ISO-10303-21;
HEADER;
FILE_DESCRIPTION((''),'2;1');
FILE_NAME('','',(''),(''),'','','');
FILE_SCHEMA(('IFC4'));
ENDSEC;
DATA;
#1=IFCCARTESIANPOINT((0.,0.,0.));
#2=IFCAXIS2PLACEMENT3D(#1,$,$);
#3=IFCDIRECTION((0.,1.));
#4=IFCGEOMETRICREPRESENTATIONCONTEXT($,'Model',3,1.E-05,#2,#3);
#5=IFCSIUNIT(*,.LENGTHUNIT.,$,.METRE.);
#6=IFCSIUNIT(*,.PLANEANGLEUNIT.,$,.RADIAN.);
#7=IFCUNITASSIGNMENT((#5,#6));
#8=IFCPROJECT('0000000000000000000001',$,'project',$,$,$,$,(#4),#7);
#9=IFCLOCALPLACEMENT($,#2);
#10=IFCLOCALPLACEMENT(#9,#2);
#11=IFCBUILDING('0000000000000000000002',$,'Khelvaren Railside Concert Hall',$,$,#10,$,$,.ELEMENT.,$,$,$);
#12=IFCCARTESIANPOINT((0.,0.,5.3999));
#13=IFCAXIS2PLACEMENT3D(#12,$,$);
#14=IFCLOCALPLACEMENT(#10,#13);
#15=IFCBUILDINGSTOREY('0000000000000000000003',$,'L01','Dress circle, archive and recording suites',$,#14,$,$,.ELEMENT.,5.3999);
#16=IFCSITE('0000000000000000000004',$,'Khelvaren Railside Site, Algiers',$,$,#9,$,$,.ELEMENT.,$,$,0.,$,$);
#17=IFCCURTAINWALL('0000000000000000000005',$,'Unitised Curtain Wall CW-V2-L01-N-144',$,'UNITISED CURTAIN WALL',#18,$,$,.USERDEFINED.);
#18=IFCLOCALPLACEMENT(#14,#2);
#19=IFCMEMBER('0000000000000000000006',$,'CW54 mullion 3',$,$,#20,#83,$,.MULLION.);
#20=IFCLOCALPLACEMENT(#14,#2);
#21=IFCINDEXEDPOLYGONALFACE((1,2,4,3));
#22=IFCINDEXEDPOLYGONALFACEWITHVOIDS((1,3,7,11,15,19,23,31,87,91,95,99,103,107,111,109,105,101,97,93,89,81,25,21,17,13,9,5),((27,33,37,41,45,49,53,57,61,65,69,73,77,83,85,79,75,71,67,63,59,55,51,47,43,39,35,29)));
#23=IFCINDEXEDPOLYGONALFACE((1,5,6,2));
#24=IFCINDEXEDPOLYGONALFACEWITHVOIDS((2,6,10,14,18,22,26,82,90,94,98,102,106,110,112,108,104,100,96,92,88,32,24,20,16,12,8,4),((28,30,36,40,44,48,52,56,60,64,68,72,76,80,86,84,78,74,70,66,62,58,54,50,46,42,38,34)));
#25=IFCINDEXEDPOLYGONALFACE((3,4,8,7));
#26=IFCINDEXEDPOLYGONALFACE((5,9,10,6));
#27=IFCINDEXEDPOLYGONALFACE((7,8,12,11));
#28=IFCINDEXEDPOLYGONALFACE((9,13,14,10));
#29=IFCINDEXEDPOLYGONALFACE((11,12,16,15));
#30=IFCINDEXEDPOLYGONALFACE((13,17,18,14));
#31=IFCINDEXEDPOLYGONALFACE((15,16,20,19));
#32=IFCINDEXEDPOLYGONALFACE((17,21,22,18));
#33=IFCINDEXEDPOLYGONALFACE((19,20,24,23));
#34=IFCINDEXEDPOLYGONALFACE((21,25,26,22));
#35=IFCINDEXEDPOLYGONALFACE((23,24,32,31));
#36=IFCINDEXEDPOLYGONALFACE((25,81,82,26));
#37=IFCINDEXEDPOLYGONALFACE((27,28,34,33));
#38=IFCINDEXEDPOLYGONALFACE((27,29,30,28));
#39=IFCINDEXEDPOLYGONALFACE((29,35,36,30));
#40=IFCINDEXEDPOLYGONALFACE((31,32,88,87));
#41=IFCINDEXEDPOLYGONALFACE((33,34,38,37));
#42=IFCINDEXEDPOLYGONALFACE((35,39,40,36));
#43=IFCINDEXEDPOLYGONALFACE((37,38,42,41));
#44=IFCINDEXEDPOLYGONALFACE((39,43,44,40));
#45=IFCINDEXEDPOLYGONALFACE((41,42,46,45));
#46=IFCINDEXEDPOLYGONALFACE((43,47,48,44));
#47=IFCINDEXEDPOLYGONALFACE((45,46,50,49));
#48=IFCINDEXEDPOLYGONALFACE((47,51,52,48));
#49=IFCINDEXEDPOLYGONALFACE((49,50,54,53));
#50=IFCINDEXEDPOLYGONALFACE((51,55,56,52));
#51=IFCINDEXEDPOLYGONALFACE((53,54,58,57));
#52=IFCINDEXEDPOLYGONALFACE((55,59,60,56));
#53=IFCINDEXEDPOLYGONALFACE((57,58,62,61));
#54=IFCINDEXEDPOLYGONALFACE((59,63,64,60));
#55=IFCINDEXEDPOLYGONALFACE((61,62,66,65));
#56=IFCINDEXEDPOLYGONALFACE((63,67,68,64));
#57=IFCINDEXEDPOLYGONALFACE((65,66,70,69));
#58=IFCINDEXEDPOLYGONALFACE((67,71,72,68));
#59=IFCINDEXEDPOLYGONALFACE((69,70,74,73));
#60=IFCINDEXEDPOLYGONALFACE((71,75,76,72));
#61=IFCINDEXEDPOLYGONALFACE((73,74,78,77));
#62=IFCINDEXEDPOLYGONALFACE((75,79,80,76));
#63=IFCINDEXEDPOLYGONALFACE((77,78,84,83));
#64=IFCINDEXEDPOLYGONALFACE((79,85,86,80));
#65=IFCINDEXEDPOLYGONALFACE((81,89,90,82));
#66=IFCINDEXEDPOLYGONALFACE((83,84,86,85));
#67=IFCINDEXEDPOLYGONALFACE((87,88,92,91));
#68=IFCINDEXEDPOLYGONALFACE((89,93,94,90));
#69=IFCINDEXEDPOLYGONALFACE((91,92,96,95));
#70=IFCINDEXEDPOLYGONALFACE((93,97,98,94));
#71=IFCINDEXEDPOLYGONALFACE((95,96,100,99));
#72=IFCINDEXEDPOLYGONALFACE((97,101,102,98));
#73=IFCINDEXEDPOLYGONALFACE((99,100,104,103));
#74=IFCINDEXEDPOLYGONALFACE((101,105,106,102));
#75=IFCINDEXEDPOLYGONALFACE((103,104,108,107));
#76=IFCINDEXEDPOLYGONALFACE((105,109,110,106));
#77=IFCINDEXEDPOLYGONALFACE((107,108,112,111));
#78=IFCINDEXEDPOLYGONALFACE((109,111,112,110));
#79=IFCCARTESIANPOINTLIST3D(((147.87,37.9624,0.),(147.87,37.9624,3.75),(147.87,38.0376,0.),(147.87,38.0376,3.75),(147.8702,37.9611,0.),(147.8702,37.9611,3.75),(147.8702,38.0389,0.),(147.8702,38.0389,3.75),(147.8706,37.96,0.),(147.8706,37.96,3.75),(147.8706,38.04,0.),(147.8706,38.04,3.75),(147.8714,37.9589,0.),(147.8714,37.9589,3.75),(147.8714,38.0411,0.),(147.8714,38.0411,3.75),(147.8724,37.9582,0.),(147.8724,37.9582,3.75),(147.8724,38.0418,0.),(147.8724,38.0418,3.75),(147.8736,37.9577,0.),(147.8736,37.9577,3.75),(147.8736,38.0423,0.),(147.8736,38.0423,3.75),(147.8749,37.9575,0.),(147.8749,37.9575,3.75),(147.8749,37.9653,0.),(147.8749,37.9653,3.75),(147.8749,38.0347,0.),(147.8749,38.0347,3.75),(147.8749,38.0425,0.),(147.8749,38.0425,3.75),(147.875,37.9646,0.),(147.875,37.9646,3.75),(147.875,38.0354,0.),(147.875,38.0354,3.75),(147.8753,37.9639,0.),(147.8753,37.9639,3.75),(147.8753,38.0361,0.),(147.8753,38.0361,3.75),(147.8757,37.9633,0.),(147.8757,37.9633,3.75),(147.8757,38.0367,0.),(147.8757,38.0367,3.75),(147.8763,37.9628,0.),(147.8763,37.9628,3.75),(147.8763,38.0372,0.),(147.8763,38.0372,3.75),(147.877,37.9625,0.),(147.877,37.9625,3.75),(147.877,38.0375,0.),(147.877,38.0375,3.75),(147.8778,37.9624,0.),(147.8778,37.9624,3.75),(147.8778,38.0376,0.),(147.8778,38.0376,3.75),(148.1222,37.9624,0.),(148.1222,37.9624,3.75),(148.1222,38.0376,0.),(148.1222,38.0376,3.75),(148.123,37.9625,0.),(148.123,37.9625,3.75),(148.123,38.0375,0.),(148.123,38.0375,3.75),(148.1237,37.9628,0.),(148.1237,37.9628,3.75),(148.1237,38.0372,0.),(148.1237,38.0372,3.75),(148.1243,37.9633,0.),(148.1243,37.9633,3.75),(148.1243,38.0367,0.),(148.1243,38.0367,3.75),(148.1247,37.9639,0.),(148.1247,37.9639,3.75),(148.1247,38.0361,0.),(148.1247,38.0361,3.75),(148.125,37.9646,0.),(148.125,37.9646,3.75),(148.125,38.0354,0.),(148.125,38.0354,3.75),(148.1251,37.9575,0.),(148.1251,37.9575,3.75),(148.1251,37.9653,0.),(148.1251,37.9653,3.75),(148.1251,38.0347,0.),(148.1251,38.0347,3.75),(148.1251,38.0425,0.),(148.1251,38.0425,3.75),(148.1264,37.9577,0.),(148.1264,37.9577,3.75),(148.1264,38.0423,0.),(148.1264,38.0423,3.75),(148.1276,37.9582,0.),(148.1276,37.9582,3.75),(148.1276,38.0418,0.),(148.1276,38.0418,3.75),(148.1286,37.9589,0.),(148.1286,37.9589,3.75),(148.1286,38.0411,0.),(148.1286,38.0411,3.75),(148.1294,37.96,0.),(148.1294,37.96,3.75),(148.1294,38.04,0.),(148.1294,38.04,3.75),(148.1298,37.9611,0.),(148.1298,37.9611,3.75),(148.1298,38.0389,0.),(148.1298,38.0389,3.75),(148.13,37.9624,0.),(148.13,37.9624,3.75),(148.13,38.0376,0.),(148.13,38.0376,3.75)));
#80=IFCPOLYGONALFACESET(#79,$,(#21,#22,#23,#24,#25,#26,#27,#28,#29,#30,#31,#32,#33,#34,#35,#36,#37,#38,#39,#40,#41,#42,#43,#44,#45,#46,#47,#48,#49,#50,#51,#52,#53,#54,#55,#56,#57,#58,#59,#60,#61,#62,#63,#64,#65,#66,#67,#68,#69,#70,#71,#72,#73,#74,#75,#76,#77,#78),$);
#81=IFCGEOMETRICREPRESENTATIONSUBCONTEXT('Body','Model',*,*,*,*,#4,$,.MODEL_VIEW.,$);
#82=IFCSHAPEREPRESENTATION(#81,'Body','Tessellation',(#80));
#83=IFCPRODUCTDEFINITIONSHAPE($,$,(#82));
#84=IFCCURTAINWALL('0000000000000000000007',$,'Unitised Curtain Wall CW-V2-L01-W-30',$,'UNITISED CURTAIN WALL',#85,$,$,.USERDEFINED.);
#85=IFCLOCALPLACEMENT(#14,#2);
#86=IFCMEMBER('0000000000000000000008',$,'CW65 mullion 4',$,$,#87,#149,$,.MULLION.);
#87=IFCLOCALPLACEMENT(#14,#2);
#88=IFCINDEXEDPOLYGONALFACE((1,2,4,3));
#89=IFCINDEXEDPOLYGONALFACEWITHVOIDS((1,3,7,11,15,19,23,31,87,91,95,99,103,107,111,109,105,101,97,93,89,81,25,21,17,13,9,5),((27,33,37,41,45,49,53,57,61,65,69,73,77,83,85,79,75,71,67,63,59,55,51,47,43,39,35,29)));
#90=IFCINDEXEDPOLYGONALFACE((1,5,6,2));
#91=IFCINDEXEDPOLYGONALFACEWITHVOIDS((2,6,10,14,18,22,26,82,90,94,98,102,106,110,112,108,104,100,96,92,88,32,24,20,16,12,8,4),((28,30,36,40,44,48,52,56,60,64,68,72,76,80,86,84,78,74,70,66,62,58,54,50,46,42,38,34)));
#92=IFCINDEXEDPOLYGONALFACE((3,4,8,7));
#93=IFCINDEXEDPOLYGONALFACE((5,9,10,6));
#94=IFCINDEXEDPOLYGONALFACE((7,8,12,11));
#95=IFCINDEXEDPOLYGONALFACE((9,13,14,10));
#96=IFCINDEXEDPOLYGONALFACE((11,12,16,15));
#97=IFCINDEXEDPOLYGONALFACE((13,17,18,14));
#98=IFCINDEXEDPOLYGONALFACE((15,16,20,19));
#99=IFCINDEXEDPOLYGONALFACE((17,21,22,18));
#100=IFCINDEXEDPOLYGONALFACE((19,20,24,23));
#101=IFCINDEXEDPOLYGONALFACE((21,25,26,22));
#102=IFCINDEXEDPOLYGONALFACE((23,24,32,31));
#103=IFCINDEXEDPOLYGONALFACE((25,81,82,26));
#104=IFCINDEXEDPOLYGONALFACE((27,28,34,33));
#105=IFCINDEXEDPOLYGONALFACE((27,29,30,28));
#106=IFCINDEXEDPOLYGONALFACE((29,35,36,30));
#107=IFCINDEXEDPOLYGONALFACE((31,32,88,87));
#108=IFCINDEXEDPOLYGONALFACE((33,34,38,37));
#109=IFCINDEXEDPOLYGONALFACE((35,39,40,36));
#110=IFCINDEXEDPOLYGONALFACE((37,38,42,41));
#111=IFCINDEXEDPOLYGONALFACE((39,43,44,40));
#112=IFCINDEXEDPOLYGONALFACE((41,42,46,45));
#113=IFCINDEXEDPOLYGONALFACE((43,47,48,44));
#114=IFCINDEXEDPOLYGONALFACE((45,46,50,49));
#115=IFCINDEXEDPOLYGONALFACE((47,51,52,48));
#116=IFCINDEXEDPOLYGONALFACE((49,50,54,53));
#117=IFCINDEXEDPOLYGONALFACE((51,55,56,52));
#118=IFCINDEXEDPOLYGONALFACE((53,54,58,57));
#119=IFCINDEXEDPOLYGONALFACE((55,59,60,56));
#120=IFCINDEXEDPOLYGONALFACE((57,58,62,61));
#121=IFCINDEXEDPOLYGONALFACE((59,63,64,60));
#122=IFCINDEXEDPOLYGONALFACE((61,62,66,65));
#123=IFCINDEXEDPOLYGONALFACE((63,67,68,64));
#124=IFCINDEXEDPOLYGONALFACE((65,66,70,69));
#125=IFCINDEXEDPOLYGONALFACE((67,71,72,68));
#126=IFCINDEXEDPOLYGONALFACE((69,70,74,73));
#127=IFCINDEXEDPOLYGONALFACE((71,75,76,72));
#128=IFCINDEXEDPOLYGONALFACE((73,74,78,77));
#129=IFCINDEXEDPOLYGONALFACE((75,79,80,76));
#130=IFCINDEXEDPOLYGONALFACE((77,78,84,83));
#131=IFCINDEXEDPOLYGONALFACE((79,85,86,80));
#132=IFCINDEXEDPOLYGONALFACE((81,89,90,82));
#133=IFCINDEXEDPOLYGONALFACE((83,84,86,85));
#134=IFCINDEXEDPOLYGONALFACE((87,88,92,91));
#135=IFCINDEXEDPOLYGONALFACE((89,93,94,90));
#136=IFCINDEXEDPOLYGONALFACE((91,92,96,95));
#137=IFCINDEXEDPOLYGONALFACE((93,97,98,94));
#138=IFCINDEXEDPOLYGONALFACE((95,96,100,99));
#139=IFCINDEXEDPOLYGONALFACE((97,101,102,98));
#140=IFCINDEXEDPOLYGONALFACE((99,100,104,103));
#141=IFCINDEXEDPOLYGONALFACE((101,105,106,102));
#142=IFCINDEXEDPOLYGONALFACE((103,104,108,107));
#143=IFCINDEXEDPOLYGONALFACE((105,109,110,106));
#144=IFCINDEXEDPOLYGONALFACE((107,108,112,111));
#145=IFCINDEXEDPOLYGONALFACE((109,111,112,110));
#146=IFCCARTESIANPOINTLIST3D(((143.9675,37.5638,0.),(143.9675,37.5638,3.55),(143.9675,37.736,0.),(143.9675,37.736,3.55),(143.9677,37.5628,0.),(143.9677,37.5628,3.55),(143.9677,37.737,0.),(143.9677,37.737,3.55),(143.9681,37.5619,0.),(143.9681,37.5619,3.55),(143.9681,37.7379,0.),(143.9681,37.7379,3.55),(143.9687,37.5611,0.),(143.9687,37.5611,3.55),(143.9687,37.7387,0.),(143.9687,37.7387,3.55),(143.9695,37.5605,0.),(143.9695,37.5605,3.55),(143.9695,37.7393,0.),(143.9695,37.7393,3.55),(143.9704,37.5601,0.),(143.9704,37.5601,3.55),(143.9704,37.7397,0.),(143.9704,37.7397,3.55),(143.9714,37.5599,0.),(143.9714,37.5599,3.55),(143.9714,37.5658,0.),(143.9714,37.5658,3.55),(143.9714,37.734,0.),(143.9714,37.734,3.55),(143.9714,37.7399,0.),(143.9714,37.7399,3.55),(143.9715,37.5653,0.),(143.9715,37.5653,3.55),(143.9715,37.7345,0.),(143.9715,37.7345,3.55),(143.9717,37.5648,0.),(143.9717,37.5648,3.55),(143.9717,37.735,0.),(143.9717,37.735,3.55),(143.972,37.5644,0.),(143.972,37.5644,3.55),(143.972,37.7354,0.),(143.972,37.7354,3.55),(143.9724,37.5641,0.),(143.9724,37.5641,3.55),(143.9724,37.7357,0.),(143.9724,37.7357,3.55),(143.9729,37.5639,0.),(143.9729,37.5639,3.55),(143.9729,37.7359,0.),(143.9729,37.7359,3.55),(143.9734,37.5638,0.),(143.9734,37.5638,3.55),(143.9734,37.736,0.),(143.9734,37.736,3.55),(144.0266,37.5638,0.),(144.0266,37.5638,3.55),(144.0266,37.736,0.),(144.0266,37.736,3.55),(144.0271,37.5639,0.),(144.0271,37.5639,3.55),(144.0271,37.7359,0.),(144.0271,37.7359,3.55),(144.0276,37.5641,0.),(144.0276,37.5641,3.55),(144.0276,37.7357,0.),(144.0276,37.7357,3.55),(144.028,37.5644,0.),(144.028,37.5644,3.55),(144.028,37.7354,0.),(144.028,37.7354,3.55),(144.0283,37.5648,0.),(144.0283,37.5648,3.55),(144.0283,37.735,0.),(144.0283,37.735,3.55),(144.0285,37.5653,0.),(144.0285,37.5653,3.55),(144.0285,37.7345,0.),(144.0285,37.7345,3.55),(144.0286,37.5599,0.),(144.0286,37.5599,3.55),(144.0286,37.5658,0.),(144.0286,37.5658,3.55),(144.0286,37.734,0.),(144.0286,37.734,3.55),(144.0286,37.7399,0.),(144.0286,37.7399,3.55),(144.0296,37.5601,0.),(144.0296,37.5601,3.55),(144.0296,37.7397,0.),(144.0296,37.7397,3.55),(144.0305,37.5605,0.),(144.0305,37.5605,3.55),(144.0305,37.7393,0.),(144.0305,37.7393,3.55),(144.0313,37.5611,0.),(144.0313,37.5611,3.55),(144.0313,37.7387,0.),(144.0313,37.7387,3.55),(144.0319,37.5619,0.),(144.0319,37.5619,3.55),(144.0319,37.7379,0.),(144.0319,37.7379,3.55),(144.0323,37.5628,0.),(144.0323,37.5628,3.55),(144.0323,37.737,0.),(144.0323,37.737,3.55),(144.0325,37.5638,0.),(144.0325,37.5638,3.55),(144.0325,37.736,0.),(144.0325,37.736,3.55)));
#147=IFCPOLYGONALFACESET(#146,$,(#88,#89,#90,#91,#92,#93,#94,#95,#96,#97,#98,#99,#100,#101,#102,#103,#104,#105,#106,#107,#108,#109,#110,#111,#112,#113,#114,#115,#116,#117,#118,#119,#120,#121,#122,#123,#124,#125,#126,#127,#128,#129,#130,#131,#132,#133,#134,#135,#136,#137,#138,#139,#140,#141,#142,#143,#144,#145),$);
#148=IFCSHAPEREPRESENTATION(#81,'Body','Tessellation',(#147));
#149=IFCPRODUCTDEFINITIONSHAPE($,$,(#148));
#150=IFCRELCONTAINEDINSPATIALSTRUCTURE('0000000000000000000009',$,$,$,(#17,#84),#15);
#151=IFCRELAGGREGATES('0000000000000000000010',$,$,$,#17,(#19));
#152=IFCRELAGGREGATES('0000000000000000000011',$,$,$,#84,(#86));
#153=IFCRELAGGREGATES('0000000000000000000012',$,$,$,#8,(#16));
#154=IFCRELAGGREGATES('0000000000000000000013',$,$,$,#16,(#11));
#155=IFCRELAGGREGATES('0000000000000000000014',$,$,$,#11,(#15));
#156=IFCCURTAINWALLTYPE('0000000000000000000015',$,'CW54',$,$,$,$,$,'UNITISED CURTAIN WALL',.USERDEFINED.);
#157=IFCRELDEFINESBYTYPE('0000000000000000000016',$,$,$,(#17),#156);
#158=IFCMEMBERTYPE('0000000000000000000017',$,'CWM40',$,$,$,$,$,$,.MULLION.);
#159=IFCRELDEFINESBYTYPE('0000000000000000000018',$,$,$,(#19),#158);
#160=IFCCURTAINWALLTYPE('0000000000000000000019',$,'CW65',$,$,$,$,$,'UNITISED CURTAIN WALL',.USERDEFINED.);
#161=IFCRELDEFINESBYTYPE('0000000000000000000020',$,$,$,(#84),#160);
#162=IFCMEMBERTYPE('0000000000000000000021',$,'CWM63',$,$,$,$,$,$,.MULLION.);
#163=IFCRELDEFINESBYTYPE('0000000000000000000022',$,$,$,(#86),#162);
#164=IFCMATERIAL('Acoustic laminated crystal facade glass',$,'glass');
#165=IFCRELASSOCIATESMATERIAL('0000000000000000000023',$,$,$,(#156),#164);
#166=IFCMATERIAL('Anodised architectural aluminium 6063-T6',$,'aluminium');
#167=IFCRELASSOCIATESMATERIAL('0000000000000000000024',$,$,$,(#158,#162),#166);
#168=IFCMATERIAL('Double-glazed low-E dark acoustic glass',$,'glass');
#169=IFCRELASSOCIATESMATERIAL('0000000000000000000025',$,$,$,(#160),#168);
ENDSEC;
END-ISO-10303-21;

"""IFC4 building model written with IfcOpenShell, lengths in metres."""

from ifc_helpers import new_model, si_unit, direction, frame, origin, origin_2d, place, context, subcontext, project, spatial, hollow_rectangle, extrude, material, material_profile, profile_set, type_object, element, aggregate, save


model = new_model("IFC4")

# Units and contexts
model_context = context("Model", 3, precision=1e-05, world=origin(), true_north=direction((0.0, 1.0)))
body_context = subcontext(model_context, "Body", "Model", "MODEL_VIEW")
ifc_project = project(units=[si_unit("LENGTHUNIT", "METRE"), si_unit("PLANEANGLEUNIT", "RADIAN")], contexts=[model_context])

# Site, building, storey
site_placement = place(None, origin())
site = spatial("IfcSite", under=ifc_project, at=site_placement, Name="Khelvaren Railside Site, Algiers", CompositionType="ELEMENT", RefElevation=0.0)
building_placement = place(site_placement, origin())
building = spatial("IfcBuilding", under=site, at=building_placement, Name="Khelvaren Railside Concert Hall", CompositionType="ELEMENT")
storey_placement = place(building_placement, frame((0.0, 0.0, 5.3999)))
storey = spatial("IfcBuildingStorey", under=building, at=storey_placement, Name="L01", Description="Dress circle, archive and recording suites", CompositionType="ELEMENT", Elevation=5.3999)

# Curtain wall, member
ifc_material_1 = material(Name="Acoustic laminated crystal facade glass", Category="glass")
curtain_wall_type_1 = type_object("IfcCurtainWallType", Name="CW54", ElementType="UNITISED CURTAIN WALL", PredefinedType="USERDEFINED", material=ifc_material_1)
curtain_wall_1_placement = place(storey_placement, origin())
curtain_wall_1 = element("IfcCurtainWall", 1, at=curtain_wall_1_placement, inside=storey, type_object=curtain_wall_type_1, Name="Unitised Curtain Wall CW-V2-L01-N-144", ObjectType="UNITISED CURTAIN WALL", PredefinedType="USERDEFINED")
ifc_material_2 = material(Name="Anodised architectural aluminium 6063-T6", Category="aluminium")
ifc_material_profile_1 = material_profile(ifc_material_2, hollow_rectangle(XDim=0.085, YDim=0.26, WallThickness=0.0049, InnerFilletRadius=0.0029, OuterFilletRadius=0.0049, at=origin_2d()), Name="CWM 85x260x5")
ifc_profile_set_1 = profile_set([ifc_material_profile_1], Name="Anodised architectural aluminium 6063-T6")
member_type_1 = type_object("IfcMemberType", Name="CWM40", PredefinedType="MULLION", material=ifc_profile_set_1)
member_1_placement = place(storey_placement, frame((148.0, 38.0, 0.0), z_axis=(0.0, 0.0, 1.0), x_axis=(0.0, 1.0, 0.0)))
member_1 = element("IfcMember", 2, at=member_1_placement, type_object=member_type_1, Name="CW54 mullion 3", PredefinedType="MULLION", context=body_context, shape_type="SweptSolid", body=[
    extrude(hollow_rectangle(XDim=0.085, YDim=0.26, WallThickness=0.0049, InnerFilletRadius=0.0029, OuterFilletRadius=0.0049, at=origin_2d()), origin(), (0.0, 0.0, 1.0), 3.75),
])

# Curtain wall, member
ifc_material_3 = material(Name="Double-glazed low-E dark acoustic glass", Category="glass")
curtain_wall_type_2 = type_object("IfcCurtainWallType", Name="CW65", ElementType="UNITISED CURTAIN WALL", PredefinedType="USERDEFINED", material=ifc_material_3)
curtain_wall_2_placement = place(storey_placement, origin())
curtain_wall_2 = element("IfcCurtainWall", 3, at=curtain_wall_2_placement, inside=storey, type_object=curtain_wall_type_2, Name="Unitised Curtain Wall CW-V2-L01-W-30", ObjectType="UNITISED CURTAIN WALL", PredefinedType="USERDEFINED")
ifc_material_profile_2 = material_profile(ifc_material_2, hollow_rectangle(XDim=0.0649, YDim=0.1799, WallThickness=0.0039, InnerFilletRadius=0.002, OuterFilletRadius=0.0039, at=origin_2d()), Name="CWM 65x180x4")
ifc_profile_set_2 = profile_set([ifc_material_profile_2], Name="Anodised architectural aluminium 6063-T6")
member_type_2 = type_object("IfcMemberType", Name="CWM63", PredefinedType="MULLION", material=ifc_profile_set_2)
member_2_placement = place(storey_placement, frame((144.0, 37.6499, 0.0), z_axis=(0.0, 0.0, 1.0), x_axis=(-1.0, 0.0, 0.0)))
member_2 = element("IfcMember", 4, at=member_2_placement, type_object=member_type_2, Name="CW65 mullion 4", PredefinedType="MULLION", context=body_context, shape_type="SweptSolid", body=[
    extrude(hollow_rectangle(XDim=0.0649, YDim=0.1799, WallThickness=0.0039, InnerFilletRadius=0.002, OuterFilletRadius=0.0039, at=origin_2d()), origin(), (0.0, 0.0, 1.0), 3.55),
])

aggregate(curtain_wall_1, [member_1])
aggregate(curtain_wall_2, [member_2])

save(model, "model.ifc")
